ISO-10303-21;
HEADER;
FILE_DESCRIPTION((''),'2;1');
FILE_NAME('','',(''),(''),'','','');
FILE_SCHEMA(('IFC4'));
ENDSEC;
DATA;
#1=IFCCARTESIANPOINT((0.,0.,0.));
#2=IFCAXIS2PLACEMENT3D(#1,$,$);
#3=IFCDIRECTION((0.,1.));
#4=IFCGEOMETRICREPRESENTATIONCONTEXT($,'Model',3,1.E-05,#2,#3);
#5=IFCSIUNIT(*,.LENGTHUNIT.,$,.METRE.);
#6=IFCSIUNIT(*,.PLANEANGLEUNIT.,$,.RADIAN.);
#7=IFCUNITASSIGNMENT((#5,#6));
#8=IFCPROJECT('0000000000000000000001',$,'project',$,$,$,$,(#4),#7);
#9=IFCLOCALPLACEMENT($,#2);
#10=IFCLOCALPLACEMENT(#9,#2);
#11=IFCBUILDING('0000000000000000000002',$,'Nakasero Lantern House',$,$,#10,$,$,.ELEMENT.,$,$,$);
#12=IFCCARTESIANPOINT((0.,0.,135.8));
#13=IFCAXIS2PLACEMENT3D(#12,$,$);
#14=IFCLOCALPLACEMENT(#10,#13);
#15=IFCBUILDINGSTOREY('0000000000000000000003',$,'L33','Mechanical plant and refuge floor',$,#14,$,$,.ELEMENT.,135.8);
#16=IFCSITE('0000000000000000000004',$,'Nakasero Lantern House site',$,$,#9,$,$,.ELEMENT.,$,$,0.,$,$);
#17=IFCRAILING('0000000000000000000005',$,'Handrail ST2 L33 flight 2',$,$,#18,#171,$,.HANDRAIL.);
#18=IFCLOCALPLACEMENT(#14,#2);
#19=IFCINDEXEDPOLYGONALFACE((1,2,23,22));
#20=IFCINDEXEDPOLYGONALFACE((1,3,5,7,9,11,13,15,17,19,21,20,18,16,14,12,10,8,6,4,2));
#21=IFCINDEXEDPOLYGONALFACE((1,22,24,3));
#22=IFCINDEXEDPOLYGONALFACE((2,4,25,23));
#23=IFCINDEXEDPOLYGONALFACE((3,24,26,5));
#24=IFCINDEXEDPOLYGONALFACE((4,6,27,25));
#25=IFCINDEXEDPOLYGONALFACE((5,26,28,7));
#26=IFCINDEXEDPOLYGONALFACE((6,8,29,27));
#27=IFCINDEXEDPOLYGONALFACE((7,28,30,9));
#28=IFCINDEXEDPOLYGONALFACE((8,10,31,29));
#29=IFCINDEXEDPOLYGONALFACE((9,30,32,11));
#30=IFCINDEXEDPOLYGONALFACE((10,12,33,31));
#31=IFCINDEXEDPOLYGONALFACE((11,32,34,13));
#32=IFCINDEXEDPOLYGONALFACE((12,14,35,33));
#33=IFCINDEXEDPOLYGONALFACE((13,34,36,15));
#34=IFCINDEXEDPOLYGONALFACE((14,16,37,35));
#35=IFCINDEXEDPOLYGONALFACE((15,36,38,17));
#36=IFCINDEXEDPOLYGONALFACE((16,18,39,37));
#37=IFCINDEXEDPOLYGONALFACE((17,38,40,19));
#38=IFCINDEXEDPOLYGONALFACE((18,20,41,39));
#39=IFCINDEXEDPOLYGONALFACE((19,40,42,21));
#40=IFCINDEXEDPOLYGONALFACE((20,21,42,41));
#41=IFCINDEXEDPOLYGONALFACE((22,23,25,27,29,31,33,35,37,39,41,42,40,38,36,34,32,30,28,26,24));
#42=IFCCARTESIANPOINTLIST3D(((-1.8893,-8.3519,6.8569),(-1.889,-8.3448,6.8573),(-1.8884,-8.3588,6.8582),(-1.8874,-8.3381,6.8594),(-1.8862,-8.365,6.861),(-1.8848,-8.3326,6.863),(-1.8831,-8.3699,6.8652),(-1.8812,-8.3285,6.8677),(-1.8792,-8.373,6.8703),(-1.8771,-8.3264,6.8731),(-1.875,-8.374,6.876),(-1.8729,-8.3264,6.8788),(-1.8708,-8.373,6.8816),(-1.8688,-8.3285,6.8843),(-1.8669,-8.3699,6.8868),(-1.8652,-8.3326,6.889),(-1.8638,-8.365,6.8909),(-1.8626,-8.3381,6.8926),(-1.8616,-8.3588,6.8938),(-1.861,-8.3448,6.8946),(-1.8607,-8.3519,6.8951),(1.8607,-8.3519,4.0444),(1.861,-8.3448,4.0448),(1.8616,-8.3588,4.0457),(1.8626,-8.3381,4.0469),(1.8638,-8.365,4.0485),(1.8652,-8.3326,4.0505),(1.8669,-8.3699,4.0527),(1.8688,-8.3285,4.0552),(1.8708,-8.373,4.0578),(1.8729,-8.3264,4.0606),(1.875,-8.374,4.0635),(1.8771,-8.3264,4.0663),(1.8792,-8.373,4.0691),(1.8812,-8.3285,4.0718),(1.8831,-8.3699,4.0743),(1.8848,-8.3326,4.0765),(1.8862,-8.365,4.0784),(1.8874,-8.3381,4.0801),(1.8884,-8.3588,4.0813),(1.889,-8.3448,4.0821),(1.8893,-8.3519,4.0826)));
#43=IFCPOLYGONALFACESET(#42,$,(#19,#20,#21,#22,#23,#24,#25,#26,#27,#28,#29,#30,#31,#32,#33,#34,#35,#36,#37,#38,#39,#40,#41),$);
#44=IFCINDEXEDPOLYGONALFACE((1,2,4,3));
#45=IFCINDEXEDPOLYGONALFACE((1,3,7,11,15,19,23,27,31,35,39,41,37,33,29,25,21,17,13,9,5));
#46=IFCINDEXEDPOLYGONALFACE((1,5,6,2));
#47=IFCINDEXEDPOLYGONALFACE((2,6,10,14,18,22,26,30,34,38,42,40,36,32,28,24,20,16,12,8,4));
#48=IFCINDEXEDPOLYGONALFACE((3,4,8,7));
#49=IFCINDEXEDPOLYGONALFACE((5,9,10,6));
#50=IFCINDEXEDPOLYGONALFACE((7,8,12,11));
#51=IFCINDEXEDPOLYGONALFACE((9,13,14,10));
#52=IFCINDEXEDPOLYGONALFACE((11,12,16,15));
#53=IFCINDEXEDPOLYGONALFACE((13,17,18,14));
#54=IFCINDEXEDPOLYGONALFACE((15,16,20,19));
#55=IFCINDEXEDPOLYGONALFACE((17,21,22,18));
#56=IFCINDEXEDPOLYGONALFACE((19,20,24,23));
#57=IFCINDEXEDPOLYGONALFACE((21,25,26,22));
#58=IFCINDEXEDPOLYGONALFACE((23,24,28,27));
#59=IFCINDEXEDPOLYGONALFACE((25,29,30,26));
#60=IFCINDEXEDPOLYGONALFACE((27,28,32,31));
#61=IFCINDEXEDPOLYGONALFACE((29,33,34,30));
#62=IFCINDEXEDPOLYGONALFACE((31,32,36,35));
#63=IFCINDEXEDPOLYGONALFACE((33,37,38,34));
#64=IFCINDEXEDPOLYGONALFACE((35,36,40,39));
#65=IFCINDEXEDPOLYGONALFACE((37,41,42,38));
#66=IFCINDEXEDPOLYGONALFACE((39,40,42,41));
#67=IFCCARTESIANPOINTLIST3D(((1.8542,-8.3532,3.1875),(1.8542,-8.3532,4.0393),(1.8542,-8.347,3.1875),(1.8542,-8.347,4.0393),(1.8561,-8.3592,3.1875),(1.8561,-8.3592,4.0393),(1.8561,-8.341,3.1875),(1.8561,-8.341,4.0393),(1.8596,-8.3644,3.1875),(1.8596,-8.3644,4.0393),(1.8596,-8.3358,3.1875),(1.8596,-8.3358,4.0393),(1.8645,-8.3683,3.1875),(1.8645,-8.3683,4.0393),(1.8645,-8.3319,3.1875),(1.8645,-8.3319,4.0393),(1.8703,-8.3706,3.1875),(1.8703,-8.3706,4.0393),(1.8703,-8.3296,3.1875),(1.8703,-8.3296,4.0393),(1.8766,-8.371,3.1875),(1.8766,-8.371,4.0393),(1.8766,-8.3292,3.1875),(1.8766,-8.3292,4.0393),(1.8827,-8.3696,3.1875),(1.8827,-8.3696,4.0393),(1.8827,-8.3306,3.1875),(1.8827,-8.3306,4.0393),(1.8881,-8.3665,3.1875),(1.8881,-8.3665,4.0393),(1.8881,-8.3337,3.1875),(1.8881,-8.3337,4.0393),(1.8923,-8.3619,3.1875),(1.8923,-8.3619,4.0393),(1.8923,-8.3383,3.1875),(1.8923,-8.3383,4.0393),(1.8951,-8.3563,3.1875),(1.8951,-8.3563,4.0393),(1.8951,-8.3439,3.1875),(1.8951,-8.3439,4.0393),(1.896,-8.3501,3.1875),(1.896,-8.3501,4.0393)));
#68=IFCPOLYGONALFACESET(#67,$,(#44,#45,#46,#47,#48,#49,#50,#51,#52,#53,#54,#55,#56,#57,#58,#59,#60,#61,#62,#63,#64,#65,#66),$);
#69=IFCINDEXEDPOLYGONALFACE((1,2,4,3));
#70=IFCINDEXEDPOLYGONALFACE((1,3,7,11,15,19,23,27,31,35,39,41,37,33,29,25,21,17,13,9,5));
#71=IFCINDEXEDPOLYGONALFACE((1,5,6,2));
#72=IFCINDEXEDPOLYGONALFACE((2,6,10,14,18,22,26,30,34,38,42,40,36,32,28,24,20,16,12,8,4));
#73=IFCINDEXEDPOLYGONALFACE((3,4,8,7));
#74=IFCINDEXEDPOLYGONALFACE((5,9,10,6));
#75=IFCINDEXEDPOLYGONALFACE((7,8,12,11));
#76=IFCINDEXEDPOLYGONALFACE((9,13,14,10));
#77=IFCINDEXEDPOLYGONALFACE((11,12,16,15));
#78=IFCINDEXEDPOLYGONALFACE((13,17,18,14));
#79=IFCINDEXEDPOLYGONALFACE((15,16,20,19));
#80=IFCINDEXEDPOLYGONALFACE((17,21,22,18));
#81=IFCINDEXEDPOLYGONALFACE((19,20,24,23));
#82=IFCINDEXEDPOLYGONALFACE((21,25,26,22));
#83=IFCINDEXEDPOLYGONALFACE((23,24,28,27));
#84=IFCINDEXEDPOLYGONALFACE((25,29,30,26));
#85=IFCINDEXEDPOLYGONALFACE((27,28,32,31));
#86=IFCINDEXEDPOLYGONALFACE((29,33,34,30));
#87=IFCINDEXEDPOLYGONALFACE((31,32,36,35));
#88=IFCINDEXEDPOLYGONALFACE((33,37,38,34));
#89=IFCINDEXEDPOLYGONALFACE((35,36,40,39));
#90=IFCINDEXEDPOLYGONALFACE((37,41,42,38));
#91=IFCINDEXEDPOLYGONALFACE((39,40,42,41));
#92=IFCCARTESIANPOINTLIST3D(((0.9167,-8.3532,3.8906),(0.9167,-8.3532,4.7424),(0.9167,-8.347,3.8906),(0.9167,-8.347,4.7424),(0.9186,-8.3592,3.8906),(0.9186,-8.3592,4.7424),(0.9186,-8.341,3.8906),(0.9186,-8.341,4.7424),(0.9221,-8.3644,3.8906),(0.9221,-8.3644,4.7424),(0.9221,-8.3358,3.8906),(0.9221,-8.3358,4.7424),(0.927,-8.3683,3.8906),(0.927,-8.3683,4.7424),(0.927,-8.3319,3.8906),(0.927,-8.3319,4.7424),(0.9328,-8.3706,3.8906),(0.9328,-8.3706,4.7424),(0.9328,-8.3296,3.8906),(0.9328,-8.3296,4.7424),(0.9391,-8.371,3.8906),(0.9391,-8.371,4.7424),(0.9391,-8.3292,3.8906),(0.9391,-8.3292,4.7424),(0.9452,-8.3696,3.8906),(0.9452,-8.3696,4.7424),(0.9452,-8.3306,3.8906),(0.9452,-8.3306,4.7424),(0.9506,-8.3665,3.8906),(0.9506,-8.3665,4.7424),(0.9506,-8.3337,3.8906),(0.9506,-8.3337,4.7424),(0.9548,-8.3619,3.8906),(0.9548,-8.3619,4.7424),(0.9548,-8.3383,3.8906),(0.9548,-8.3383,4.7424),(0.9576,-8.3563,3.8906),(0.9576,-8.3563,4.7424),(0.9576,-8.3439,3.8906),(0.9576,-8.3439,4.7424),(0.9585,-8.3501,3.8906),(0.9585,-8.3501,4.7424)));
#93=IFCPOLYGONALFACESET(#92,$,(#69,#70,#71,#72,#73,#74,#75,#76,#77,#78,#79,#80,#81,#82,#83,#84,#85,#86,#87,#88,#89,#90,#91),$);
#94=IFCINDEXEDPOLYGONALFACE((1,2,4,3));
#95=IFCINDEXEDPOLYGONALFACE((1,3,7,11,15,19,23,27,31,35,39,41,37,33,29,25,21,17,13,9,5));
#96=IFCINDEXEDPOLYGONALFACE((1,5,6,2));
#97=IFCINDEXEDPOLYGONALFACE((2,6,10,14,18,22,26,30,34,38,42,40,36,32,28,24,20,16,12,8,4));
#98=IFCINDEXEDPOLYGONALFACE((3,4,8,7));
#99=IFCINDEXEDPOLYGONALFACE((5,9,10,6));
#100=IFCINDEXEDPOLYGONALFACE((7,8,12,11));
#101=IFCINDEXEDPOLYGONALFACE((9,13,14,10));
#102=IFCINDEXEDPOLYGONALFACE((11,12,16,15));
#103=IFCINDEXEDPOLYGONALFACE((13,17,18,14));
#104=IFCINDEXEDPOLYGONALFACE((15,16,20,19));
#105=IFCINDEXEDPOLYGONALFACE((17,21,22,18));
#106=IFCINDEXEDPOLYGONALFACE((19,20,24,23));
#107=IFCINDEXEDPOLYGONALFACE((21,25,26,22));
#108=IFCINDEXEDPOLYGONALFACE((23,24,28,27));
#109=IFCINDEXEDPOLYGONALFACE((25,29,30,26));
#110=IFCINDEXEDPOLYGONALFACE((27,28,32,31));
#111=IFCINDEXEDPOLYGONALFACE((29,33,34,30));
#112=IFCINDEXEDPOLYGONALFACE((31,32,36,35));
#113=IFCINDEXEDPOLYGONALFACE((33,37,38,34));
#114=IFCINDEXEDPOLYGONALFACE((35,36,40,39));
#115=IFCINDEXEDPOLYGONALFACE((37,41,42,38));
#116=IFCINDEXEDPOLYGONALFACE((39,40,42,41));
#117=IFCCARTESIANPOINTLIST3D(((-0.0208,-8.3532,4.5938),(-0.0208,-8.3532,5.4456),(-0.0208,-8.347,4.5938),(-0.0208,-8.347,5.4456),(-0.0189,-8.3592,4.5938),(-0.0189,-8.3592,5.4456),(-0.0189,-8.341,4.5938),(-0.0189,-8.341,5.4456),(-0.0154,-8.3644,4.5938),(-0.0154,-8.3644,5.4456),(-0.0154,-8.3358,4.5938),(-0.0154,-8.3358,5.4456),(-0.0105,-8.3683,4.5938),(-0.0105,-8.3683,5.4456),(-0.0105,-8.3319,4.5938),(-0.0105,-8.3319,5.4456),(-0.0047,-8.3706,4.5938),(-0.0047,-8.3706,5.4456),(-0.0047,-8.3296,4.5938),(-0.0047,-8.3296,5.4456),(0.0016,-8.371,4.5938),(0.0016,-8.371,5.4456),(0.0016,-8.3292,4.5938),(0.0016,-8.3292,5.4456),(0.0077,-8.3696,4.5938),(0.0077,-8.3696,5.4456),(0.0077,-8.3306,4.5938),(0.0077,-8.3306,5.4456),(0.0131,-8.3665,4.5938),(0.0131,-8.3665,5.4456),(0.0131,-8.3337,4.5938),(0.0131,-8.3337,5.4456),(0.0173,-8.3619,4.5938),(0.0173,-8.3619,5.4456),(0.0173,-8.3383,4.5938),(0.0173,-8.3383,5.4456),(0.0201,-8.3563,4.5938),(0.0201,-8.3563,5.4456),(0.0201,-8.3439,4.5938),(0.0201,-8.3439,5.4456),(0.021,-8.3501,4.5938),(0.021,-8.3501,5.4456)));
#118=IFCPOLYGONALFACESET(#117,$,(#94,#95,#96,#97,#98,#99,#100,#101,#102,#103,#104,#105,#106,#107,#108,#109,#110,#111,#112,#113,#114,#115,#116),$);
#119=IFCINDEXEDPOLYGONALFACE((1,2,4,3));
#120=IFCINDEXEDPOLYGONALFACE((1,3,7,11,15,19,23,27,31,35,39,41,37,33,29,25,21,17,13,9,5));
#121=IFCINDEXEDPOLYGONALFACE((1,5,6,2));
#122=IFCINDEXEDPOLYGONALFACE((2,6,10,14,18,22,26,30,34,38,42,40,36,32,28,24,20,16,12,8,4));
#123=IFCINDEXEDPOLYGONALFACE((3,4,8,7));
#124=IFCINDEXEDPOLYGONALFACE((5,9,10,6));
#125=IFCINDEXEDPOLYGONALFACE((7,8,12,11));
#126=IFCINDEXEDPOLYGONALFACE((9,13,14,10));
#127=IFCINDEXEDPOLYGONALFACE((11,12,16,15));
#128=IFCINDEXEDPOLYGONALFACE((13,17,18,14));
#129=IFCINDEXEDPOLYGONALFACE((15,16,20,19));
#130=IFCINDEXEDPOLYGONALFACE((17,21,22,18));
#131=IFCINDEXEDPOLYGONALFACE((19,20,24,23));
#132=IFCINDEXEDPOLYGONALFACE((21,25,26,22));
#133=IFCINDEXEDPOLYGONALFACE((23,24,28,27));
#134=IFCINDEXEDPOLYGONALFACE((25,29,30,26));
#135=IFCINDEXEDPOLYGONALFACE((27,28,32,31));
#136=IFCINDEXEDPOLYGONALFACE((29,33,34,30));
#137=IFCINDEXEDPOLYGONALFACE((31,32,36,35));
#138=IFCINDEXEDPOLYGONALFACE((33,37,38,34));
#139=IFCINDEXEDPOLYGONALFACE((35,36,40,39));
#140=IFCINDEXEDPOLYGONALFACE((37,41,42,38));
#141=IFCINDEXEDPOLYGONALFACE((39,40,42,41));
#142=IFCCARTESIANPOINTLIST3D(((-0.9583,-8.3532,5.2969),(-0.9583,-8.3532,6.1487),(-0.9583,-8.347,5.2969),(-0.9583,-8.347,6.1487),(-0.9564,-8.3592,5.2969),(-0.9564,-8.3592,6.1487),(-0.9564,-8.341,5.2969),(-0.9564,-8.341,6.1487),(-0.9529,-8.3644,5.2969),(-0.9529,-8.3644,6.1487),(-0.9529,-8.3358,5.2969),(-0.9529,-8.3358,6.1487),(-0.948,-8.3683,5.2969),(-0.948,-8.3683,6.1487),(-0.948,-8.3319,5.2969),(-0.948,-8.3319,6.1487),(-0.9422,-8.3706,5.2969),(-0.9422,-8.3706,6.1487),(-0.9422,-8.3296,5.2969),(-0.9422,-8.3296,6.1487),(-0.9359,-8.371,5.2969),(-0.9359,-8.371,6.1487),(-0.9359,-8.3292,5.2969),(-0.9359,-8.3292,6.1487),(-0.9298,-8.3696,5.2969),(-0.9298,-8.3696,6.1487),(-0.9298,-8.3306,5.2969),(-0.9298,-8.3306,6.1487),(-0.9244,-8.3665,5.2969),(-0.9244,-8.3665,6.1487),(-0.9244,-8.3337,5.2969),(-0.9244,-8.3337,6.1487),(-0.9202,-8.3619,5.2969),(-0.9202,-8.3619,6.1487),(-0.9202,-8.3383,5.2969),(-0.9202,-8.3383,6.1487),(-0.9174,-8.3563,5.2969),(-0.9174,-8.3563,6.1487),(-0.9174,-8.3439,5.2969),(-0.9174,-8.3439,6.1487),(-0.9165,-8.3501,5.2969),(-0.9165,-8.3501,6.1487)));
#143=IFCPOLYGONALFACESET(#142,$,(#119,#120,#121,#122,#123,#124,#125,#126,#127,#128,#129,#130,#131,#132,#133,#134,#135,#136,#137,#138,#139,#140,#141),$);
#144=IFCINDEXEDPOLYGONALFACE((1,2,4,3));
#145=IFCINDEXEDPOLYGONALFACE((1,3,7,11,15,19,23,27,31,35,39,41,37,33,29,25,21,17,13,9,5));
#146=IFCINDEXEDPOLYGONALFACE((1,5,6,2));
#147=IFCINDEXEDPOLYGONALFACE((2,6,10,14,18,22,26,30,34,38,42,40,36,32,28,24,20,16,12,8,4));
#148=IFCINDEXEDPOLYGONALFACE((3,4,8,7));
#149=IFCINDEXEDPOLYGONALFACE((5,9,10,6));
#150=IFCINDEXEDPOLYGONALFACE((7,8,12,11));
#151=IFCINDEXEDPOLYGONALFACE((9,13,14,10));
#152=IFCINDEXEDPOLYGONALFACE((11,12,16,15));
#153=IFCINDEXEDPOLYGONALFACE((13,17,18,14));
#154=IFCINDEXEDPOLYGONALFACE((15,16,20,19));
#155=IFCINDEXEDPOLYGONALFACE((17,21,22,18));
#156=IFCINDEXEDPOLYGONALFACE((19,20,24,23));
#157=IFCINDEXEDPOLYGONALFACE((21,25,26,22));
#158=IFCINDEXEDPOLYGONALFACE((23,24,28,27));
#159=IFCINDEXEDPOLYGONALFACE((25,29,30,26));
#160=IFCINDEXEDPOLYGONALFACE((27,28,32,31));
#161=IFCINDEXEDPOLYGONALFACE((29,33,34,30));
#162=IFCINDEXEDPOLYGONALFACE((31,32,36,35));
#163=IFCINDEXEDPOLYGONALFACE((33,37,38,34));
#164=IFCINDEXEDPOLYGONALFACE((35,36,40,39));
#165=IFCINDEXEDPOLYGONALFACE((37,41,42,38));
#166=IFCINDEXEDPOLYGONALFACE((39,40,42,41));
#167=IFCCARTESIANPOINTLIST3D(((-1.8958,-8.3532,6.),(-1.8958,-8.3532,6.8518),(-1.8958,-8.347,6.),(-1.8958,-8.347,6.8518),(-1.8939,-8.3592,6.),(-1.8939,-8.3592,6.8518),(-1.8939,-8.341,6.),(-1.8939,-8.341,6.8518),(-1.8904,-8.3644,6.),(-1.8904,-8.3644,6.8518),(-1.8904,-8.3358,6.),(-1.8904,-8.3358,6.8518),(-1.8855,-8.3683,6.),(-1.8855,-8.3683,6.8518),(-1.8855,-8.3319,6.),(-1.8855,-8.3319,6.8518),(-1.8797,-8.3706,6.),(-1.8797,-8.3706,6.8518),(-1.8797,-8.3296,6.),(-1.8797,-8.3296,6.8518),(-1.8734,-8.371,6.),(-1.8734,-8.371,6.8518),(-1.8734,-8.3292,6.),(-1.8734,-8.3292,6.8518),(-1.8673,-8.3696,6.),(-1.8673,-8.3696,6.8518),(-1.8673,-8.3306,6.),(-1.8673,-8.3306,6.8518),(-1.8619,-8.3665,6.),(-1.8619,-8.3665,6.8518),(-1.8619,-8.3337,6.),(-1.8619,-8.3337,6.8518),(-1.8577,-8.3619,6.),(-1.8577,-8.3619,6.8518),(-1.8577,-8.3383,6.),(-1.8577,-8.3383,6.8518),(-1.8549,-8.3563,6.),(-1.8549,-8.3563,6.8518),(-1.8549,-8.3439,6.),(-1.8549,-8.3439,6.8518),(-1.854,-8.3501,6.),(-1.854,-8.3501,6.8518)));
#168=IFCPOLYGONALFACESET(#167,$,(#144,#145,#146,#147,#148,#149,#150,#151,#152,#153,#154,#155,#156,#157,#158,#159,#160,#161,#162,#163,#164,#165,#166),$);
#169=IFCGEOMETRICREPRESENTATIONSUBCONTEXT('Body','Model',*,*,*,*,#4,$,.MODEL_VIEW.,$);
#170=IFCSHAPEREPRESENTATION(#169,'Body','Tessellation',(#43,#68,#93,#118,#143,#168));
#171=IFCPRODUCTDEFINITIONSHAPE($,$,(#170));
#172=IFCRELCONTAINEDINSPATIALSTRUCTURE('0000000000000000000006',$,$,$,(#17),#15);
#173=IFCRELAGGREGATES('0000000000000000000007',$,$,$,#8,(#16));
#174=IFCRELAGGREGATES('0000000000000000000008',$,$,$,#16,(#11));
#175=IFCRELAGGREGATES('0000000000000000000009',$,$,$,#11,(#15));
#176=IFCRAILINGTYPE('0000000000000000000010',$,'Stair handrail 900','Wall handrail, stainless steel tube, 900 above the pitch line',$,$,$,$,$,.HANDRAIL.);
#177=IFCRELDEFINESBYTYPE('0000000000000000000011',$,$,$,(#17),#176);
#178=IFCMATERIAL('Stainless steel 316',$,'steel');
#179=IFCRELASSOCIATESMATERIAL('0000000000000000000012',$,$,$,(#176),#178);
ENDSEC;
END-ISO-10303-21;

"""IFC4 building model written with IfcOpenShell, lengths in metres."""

from ifc_helpers import new_model, si_unit, direction, frame, origin, origin_2d, place, context, subcontext, project, spatial, circle, extrude, material, type_object, element, save


model = new_model("IFC4")

# Units and contexts
model_context = context("Model", 3, precision=1e-05, world=origin(), true_north=direction((0.0, 1.0)))
body_context = subcontext(model_context, "Body", "Model", "MODEL_VIEW")
ifc_project = project(units=[si_unit("LENGTHUNIT", "METRE"), si_unit("PLANEANGLEUNIT", "RADIAN")], contexts=[model_context])

# Site, building, storey
site_placement = place(None, origin())
site = spatial("IfcSite", under=ifc_project, at=site_placement, Name="Nakasero Lantern House site", CompositionType="ELEMENT", RefElevation=0.0)
building_placement = place(site_placement, origin())
building = spatial("IfcBuilding", under=site, at=building_placement, Name="Nakasero Lantern House", CompositionType="ELEMENT")
storey_placement = place(building_placement, frame((0.0, 0.0, 135.8)))
storey = spatial("IfcBuildingStorey", under=building, at=storey_placement, Name="L33", Description="Mechanical plant and refuge floor", CompositionType="ELEMENT", Elevation=135.8)

# Railing
ifc_material_1 = material(Name="Stainless steel 316", Category="steel")
railing_type = type_object("IfcRailingType", Name="Stair handrail 900", Description="Wall handrail, stainless steel tube, 900 above the pitch line", PredefinedType="HANDRAIL", material=ifc_material_1)
railing_placement = place(storey_placement, frame((1.875, -8.3501, 3.1875)))
element("IfcRailing", 1, at=railing_placement, inside=storey, type_object=railing_type, Name="Handrail ST2 L33 flight 2", PredefinedType="HANDRAIL", context=body_context, shape_type="SweptSolid", body=[
    extrude(circle(Radius=0.0239, at=origin_2d()), frame((0.0, 0.0, 0.876), z_axis=(-0.8, 0.0, 0.6), x_axis=(0.0, -1.0, 0.0)), (0.0, 0.0, 1.0), 4.6875),
    extrude(circle(Radius=0.021, at=origin_2d()), origin(), (0.0, 0.0, 1.0), 0.8518),
    extrude(circle(Radius=0.021, at=origin_2d()), frame((-0.9375, 0.0, 0.7031)), (0.0, 0.0, 1.0), 0.8518),
    extrude(circle(Radius=0.021, at=origin_2d()), frame((-1.875, 0.0, 1.4062)), (0.0, 0.0, 1.0), 0.8518),
    extrude(circle(Radius=0.021, at=origin_2d()), frame((-2.8125, 0.0, 2.1094)), (0.0, 0.0, 1.0), 0.8518),
    extrude(circle(Radius=0.021, at=origin_2d()), frame((-3.75, 0.0, 2.8125)), (0.0, 0.0, 1.0), 0.8518),
])

save(model, "model.ifc")
